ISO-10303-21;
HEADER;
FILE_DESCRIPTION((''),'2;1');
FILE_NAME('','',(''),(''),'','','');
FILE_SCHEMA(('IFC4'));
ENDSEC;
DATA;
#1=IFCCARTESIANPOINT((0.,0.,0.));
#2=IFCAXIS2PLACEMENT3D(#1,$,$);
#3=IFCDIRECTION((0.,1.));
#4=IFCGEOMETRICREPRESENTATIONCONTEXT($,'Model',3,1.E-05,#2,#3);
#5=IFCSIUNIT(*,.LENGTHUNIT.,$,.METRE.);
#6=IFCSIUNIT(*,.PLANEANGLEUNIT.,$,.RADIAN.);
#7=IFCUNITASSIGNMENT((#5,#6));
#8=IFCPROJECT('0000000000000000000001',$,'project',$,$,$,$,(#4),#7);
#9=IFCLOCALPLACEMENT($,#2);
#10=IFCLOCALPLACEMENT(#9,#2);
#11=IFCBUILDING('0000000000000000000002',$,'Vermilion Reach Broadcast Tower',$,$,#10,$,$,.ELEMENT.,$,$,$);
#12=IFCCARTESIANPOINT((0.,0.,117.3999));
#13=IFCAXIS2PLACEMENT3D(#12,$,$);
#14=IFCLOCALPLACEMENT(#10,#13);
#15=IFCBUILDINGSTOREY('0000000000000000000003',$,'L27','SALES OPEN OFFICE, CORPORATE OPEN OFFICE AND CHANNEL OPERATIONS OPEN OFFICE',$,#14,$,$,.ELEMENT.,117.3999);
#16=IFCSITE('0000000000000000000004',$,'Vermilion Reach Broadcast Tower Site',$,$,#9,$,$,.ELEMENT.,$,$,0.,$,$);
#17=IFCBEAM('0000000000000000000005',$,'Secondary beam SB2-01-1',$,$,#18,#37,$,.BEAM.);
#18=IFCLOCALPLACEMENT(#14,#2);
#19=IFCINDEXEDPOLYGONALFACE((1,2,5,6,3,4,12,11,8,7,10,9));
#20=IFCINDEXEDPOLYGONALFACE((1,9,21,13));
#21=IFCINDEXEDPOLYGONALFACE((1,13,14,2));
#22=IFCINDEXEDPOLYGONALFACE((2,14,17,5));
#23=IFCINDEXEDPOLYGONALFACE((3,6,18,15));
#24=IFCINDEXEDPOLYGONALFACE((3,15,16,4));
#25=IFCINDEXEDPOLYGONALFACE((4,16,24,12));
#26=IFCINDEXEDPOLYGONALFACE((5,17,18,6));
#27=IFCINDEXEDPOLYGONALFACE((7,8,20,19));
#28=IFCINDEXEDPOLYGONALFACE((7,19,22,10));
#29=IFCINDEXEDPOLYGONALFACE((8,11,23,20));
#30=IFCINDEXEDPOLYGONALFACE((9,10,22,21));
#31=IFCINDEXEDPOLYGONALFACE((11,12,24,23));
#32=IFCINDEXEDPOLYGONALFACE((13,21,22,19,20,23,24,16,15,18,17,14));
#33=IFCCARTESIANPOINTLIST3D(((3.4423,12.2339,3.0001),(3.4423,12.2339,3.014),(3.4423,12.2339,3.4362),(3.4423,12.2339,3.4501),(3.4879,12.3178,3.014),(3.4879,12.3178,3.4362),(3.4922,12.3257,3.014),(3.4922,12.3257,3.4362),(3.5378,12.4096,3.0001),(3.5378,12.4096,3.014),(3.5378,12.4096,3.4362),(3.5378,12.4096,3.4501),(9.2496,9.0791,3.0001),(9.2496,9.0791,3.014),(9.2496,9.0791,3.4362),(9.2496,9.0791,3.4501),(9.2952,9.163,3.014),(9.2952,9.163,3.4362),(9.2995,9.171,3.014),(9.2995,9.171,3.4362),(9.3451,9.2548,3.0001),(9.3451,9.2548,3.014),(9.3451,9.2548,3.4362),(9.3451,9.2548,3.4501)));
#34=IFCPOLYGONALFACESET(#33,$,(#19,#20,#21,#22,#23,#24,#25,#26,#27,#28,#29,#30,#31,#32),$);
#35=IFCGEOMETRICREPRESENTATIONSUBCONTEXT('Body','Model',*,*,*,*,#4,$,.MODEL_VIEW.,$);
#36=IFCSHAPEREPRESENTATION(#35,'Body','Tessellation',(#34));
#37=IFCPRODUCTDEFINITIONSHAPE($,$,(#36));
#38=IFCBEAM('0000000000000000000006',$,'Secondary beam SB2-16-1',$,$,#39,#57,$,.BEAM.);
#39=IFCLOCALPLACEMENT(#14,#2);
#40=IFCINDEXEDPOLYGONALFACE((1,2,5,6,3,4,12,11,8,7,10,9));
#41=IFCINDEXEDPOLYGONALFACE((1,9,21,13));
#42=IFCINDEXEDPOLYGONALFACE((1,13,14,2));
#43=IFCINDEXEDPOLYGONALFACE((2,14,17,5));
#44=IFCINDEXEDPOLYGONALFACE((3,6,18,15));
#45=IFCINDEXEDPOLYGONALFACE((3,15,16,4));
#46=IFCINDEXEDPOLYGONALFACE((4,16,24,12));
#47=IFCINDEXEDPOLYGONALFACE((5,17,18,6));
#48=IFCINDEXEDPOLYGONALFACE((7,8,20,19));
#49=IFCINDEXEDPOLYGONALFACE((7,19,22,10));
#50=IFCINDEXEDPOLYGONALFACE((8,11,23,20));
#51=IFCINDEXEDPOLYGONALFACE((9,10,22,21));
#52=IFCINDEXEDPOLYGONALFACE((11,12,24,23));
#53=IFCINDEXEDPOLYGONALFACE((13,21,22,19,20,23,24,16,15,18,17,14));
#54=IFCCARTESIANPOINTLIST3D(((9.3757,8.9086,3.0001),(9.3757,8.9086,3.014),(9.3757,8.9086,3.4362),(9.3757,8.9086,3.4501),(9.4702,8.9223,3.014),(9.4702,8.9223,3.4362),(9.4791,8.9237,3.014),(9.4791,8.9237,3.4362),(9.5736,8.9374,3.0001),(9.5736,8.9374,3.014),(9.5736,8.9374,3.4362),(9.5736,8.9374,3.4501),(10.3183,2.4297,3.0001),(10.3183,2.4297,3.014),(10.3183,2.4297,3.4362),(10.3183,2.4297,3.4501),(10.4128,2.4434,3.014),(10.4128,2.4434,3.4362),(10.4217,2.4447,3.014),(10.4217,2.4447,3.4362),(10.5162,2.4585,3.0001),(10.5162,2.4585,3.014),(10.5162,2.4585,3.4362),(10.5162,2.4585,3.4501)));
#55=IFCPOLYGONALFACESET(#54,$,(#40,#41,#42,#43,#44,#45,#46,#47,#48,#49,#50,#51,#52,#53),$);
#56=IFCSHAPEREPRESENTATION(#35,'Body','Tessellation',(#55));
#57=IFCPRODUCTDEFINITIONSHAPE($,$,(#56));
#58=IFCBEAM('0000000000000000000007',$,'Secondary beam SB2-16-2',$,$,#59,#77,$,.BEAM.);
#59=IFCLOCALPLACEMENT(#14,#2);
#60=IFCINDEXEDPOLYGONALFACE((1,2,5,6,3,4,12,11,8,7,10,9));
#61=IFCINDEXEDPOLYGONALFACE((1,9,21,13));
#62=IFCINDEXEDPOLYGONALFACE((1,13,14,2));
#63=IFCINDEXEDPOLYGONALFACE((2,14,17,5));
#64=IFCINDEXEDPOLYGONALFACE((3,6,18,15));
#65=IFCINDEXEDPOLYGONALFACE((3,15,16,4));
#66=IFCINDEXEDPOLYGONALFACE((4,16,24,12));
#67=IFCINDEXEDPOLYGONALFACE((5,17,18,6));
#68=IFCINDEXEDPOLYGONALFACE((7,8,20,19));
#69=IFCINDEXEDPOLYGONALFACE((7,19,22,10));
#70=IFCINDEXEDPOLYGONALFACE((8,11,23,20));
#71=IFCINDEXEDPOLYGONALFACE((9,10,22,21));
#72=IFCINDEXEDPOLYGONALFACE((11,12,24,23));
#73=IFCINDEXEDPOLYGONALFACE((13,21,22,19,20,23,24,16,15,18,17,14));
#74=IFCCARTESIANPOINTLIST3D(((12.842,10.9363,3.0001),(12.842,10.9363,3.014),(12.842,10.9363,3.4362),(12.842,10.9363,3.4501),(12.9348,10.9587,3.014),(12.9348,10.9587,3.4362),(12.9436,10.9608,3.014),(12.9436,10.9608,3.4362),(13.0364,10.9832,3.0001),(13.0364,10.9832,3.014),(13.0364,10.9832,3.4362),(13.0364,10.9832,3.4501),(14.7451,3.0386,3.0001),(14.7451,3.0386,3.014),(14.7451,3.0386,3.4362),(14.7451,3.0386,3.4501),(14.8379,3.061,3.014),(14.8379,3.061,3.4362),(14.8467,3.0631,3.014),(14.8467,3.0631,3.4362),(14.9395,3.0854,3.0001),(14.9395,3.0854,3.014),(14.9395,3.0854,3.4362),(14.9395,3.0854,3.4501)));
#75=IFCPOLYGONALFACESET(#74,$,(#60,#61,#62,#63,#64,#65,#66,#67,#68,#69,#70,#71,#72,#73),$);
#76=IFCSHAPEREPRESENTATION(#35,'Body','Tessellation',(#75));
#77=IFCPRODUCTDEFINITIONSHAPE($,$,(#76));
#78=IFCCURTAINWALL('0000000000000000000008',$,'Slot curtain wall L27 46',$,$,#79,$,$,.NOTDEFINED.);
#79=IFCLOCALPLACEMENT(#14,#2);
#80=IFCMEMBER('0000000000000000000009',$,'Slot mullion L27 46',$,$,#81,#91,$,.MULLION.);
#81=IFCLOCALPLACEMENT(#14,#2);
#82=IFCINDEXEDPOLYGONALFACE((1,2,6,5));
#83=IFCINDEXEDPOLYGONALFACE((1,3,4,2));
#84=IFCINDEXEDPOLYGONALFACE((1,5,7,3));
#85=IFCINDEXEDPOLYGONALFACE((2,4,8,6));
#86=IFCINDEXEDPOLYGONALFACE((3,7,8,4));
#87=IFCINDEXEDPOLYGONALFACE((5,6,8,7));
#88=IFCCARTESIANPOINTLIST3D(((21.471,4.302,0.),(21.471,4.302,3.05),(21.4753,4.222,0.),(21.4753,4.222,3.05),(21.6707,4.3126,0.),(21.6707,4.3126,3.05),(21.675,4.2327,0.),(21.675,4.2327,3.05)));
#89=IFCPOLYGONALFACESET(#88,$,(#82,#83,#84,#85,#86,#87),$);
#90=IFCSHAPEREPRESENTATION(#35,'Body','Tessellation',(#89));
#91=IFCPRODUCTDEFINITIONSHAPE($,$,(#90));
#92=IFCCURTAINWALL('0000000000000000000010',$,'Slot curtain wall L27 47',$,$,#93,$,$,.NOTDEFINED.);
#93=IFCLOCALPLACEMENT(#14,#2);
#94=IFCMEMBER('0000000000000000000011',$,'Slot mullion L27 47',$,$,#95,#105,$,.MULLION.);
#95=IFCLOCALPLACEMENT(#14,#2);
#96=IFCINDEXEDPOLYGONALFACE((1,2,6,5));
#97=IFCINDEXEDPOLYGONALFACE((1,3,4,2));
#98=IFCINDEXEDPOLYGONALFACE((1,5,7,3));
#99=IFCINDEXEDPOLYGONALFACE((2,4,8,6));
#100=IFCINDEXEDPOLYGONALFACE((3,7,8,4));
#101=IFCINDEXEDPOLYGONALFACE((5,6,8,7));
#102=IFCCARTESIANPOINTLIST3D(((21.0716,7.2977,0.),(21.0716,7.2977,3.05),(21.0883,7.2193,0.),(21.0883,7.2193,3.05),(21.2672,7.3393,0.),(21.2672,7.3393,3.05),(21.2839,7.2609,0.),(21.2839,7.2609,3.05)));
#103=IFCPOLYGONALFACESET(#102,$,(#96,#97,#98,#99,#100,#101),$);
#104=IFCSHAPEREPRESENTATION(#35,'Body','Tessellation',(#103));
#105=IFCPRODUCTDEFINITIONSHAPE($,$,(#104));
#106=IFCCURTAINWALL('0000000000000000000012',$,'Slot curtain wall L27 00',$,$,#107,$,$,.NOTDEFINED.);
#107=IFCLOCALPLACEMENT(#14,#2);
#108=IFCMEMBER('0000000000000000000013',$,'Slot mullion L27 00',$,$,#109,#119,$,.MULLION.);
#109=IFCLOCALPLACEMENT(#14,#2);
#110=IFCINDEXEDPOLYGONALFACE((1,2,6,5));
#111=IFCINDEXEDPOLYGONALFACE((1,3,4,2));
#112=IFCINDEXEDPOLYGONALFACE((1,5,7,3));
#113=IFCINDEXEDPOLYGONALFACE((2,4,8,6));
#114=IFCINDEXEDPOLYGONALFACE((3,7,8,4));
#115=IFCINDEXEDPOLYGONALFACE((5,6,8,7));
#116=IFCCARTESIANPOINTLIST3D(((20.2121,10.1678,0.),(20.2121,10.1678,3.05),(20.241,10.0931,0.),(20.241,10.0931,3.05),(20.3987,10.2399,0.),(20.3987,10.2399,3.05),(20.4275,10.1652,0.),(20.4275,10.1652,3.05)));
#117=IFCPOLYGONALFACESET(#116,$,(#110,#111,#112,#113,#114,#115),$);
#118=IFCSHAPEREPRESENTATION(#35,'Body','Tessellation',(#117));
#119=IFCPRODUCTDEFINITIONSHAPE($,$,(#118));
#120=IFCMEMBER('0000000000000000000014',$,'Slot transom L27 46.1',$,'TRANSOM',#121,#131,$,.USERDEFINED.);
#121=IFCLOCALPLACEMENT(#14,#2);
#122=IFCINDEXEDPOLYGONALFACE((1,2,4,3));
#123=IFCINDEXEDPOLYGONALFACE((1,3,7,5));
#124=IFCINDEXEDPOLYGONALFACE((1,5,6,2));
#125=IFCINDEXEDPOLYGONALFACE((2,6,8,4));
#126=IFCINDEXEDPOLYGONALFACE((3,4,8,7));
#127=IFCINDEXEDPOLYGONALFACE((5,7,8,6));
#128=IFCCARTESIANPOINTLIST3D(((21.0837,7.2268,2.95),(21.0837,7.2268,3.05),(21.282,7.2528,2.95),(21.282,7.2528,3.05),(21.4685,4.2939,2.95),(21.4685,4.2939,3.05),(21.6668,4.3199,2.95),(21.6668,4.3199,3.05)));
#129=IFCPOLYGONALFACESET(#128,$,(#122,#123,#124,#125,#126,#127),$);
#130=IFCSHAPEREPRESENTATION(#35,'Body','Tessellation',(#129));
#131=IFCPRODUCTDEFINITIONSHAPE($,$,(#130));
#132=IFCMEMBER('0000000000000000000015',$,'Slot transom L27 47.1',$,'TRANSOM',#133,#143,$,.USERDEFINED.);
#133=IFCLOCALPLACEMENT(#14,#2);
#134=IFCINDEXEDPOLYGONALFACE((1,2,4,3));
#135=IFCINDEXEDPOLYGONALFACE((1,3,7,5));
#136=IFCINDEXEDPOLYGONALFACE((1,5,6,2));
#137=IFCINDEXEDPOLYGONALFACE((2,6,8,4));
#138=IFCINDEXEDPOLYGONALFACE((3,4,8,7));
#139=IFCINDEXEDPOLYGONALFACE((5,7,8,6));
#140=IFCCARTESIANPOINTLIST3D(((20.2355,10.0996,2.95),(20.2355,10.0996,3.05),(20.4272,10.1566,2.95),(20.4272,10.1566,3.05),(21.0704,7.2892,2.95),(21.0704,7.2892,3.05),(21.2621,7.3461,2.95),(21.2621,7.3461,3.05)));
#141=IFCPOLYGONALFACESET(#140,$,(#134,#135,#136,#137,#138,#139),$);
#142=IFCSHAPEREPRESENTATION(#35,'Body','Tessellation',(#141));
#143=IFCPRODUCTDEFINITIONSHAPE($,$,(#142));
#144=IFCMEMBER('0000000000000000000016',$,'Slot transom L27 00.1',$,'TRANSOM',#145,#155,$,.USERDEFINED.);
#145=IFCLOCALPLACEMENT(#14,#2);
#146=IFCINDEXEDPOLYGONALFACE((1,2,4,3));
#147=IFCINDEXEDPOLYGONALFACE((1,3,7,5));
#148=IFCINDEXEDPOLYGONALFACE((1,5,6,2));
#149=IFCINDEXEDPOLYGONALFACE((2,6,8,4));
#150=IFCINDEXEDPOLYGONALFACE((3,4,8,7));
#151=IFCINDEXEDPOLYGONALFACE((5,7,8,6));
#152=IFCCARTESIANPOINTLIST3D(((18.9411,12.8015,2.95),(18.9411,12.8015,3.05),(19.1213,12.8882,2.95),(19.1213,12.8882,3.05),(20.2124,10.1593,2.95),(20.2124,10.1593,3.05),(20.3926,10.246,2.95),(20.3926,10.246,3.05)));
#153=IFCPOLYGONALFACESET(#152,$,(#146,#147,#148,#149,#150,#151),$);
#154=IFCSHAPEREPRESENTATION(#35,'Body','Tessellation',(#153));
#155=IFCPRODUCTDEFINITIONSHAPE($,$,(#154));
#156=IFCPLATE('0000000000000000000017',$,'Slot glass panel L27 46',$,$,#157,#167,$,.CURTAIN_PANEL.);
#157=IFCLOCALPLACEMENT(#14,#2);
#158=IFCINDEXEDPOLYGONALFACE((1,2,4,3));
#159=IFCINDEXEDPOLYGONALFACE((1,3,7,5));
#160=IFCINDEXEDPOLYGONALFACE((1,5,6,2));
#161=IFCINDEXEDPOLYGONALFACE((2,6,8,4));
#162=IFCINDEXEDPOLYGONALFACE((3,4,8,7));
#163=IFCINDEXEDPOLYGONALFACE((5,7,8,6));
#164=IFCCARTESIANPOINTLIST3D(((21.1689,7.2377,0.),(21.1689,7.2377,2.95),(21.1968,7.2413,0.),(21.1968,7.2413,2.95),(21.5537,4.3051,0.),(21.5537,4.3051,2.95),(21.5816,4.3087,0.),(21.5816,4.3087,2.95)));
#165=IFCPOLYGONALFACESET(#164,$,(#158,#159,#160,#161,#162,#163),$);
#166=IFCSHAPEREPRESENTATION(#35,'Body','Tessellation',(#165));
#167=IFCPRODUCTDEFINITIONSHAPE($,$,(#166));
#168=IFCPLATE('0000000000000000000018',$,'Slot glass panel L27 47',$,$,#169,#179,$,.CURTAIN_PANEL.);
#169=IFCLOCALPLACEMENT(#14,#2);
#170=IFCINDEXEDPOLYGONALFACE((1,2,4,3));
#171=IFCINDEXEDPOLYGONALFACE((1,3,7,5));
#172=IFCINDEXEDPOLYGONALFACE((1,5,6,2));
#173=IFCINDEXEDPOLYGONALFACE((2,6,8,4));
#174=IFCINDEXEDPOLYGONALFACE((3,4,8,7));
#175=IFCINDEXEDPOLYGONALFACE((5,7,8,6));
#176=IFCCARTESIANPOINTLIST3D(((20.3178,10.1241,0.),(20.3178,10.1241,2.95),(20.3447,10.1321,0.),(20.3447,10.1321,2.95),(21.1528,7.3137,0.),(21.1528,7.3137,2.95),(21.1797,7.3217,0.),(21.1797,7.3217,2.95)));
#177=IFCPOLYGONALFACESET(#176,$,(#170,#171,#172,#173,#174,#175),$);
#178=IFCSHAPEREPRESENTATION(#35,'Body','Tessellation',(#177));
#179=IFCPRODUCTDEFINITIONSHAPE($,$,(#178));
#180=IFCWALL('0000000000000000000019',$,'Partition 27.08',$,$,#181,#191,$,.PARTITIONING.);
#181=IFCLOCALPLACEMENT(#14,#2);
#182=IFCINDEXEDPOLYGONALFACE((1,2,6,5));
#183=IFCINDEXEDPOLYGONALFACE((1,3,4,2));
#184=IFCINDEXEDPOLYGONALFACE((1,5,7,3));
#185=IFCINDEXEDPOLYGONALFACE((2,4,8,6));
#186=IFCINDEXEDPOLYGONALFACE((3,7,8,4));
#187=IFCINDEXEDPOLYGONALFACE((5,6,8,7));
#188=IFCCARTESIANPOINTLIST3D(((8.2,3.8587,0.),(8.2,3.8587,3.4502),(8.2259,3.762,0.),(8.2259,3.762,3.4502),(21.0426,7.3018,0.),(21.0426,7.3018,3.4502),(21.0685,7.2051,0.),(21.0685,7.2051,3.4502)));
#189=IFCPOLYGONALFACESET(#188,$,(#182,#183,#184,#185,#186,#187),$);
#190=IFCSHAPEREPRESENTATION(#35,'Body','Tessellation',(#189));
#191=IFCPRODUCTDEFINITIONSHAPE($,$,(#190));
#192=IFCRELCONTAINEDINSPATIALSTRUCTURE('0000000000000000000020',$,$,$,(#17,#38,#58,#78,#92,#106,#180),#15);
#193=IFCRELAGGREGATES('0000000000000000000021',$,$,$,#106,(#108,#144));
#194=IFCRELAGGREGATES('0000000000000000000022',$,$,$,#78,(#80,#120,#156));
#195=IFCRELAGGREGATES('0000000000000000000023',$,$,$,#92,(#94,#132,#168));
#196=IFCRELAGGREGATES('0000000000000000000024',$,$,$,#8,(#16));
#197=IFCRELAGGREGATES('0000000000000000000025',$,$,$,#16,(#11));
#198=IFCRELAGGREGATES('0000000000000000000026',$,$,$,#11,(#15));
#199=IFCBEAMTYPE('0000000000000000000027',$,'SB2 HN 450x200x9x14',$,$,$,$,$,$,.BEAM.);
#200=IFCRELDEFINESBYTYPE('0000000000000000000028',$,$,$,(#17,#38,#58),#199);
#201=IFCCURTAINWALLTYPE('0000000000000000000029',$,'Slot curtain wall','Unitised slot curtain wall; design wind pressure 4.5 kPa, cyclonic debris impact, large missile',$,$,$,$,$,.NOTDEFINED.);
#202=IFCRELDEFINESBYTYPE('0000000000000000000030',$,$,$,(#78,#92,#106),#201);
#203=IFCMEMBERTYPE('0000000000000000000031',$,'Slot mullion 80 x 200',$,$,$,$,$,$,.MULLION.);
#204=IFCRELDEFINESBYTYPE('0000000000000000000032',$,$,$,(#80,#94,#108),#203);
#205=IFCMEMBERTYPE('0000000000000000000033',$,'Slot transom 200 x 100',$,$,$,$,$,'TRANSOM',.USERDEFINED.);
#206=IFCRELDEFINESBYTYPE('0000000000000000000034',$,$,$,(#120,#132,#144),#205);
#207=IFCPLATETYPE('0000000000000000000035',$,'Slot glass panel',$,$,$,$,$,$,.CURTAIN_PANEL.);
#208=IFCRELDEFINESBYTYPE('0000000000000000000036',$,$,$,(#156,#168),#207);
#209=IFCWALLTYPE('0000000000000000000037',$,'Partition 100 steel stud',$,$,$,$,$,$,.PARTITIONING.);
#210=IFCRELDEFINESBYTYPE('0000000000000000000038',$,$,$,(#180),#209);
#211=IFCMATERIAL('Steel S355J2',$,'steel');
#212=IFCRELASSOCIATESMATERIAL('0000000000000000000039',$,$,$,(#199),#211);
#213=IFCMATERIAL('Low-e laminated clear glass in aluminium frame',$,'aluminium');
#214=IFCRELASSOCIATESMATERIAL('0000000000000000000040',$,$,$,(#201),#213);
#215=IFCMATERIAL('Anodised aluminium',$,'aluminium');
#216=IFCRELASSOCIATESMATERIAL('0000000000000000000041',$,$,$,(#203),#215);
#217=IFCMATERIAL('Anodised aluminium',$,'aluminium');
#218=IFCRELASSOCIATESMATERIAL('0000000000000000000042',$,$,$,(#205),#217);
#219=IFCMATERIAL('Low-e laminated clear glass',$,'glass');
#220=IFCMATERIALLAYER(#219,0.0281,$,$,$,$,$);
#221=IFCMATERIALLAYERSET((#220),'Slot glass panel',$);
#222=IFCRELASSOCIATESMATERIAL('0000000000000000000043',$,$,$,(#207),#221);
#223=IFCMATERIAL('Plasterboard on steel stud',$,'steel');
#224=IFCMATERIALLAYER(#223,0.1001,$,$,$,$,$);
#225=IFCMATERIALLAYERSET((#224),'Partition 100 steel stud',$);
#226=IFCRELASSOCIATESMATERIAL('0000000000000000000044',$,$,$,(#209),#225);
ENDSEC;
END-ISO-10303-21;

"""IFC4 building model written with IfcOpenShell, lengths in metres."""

from ifc_helpers import new_model, si_unit, direction, frame, frame_2d, origin, origin_2d, place, context, subcontext, project, spatial, rectangle, i_section, extrude, material, layer, layer_set, material_profile, profile_set, type_object, element, aggregate, save


model = new_model("IFC4")

# Units and contexts
model_context = context("Model", 3, precision=1e-05, world=origin(), true_north=direction((0.0, 1.0)))
body_context = subcontext(model_context, "Body", "Model", "MODEL_VIEW")
ifc_project = project(units=[si_unit("LENGTHUNIT", "METRE"), si_unit("PLANEANGLEUNIT", "RADIAN")], contexts=[model_context])

# Site, building, storey
site_placement = place(None, origin())
site = spatial("IfcSite", under=ifc_project, at=site_placement, Name="Vermilion Reach Broadcast Tower Site", CompositionType="ELEMENT", RefElevation=0.0)
building_placement = place(site_placement, origin())
building = spatial("IfcBuilding", under=site, at=building_placement, Name="Vermilion Reach Broadcast Tower", CompositionType="ELEMENT")
storey_placement = place(building_placement, frame((0.0, 0.0, 117.3999)))
storey = spatial("IfcBuildingStorey", under=building, at=storey_placement, Name="L27", Description="SALES OPEN OFFICE, CORPORATE OPEN OFFICE AND CHANNEL OPERATIONS OPEN OFFICE", CompositionType="ELEMENT", Elevation=117.3999)

# Beams
ifc_material_1 = material(Name="Steel S355J2", Category="steel")
ifc_material_profile_1 = material_profile(ifc_material_1, i_section(OverallWidth=0.2, OverallDepth=0.45, WebThickness=0.009, FlangeThickness=0.0139, at=origin_2d()), Name="S355J2 HN 450x200x9x14")
ifc_profile_set_1 = profile_set([ifc_material_profile_1], Name="Steel S355J2")
beam_type_1 = type_object("IfcBeamType", Name="SB2 HN 450x200x9x14", PredefinedType="BEAM", material=ifc_profile_set_1)
beam_1_placement = place(storey_placement, frame((9.2974, 9.167, 3.2251), z_axis=(-0.878713, 0.47735, 0.0), x_axis=(-0.47735, -0.878713, 0.0)))
element("IfcBeam", 1, at=beam_1_placement, inside=storey, type_object=beam_type_1, Name="Secondary beam SB2-01-1", PredefinedType="BEAM", context=body_context, shape_type="SweptSolid", body=[
    extrude(i_section(OverallWidth=0.2, OverallDepth=0.45, WebThickness=0.009, FlangeThickness=0.0139, at=origin_2d()), origin(), (0.0, 0.0, 1.0), 6.6089),
])
beam_2_placement = place(storey_placement, frame((10.4172, 2.4441, 3.2251), z_axis=(-0.143974, 0.989582, 0.0), x_axis=(-0.989582, -0.143974, 0.0)))
element("IfcBeam", 2, at=beam_2_placement, inside=storey, type_object=beam_type_1, Name="Secondary beam SB2-16-1", PredefinedType="BEAM", context=body_context, shape_type="SweptSolid", body=[
    extrude(i_section(OverallWidth=0.2, OverallDepth=0.45, WebThickness=0.009, FlangeThickness=0.0139, at=origin_2d()), origin(), (0.0, 0.0, 1.0), 6.5471),
])
beam_3_placement = place(storey_placement, frame((14.8423, 3.062, 3.2251), z_axis=(-0.234261, 0.972174, 0.0), x_axis=(-0.972174, -0.234261, 0.0)))
element("IfcBeam", 3, at=beam_3_placement, inside=storey, type_object=beam_type_1, Name="Secondary beam SB2-16-2", PredefinedType="BEAM", context=body_context, shape_type="SweptSolid", body=[
    extrude(i_section(OverallWidth=0.2, OverallDepth=0.45, WebThickness=0.009, FlangeThickness=0.0139, at=origin_2d()), origin(), (0.0, 0.0, 1.0), 8.1238),
])

# Curtain walls, members
ifc_material_2 = material(Name="Low-e laminated clear glass in aluminium frame", Category="aluminium")
curtain_wall_type = type_object("IfcCurtainWallType", Name="Slot curtain wall", Description="Unitised slot curtain wall; design wind pressure 4.5 kPa, cyclonic debris impact, large missile", PredefinedType="NOTDEFINED", material=ifc_material_2)
placement = place(storey_placement, origin())
curtain_wall_1 = element("IfcCurtainWall", 4, at=placement, inside=storey, type_object=curtain_wall_type, Name="Slot curtain wall L27 46", PredefinedType="NOTDEFINED")
ifc_material_3 = material(Name="Anodised aluminium", Category="aluminium")
ifc_material_profile_2 = material_profile(ifc_material_3, rectangle(XDim=0.2, YDim=0.0801, at=origin_2d()), Name="Slot mullion 80 x 200")
ifc_profile_set_2 = profile_set([ifc_material_profile_2], Name="Anodised aluminium")
member_type_1 = type_object("IfcMemberType", Name="Slot mullion 80 x 200", PredefinedType="MULLION", material=ifc_profile_set_2)
member_1_placement = place(storey_placement, frame((21.573, 4.2673, 0.0), z_axis=(0.0, 0.0, 1.0), x_axis=(-0.998587, -0.053147, 0.0)))
member_1 = element("IfcMember", 5, at=member_1_placement, type_object=member_type_1, Name="Slot mullion L27 46", PredefinedType="MULLION", context=body_context, shape_type="SweptSolid", body=[
    extrude(rectangle(XDim=0.2, YDim=0.0801, at=origin_2d()), origin(), (0.0, 0.0, 1.0), 3.05),
])
curtain_wall_2 = element("IfcCurtainWall", 6, at=placement, inside=storey, type_object=curtain_wall_type, Name="Slot curtain wall L27 47", PredefinedType="NOTDEFINED")
member_2_placement = place(storey_placement, frame((21.1777, 7.2793, 0.0), z_axis=(0.0, 0.0, 1.0), x_axis=(-0.978107, -0.208102, 0.0)))
member_2 = element("IfcMember", 7, at=member_2_placement, type_object=member_type_1, Name="Slot mullion L27 47", PredefinedType="MULLION", context=body_context, shape_type="SweptSolid", body=[
    extrude(rectangle(XDim=0.2, YDim=0.0801, at=origin_2d()), origin(), (0.0, 0.0, 1.0), 3.05),
])
curtain_wall_3 = element("IfcCurtainWall", 8, at=placement, inside=storey, type_object=curtain_wall_type, Name="Slot curtain wall L27 00", PredefinedType="NOTDEFINED")
member_3_placement = place(storey_placement, frame((20.3198, 10.1665, 0.0), z_axis=(0.0, 0.0, 1.0), x_axis=(-0.932828, -0.360323, 0.0)))
member_3 = element("IfcMember", 9, at=member_3_placement, type_object=member_type_1, Name="Slot mullion L27 00", PredefinedType="MULLION", context=body_context, shape_type="SweptSolid", body=[
    extrude(rectangle(XDim=0.2, YDim=0.0801, at=origin_2d()), origin(), (0.0, 0.0, 1.0), 3.05),
])

# Members
ifc_material_4 = material(Name="Anodised aluminium", Category="aluminium")
ifc_material_profile_3 = material_profile(ifc_material_4, rectangle(XDim=0.2, YDim=0.1001, at=origin_2d()), Name="Slot transom 200 x 100")
ifc_profile_set_3 = profile_set([ifc_material_profile_3], Name="Anodised aluminium")
member_type_2 = type_object("IfcMemberType", Name="Slot transom 200 x 100", ElementType="TRANSOM", PredefinedType="USERDEFINED", material=ifc_profile_set_3)
member_4_placement = place(storey_placement, frame((21.5676, 4.3069, 3.0), z_axis=(-0.130077, 0.991504, 0.0), x_axis=(-0.991504, -0.130077, 0.0)))
member_4 = element("IfcMember", 10, at=member_4_placement, type_object=member_type_2, Name="Slot transom L27 46.1", ObjectType="TRANSOM", PredefinedType="USERDEFINED", context=body_context, shape_type="SweptSolid", body=[
    extrude(rectangle(XDim=0.2, YDim=0.1001, at=origin_2d()), origin(), (0.0, 0.0, 1.0), 2.958),
])
member_5_placement = place(storey_placement, frame((21.1663, 7.3176, 3.0), z_axis=(-0.28478, 0.958593, 0.0), x_axis=(-0.958593, -0.28478, 0.0)))
member_5 = element("IfcMember", 11, at=member_5_placement, type_object=member_type_2, Name="Slot transom L27 47.1", ObjectType="TRANSOM", PredefinedType="USERDEFINED", context=body_context, shape_type="SweptSolid", body=[
    extrude(rectangle(XDim=0.2, YDim=0.1001, at=origin_2d()), origin(), (0.0, 0.0, 1.0), 2.9319),
])
member_6_placement = place(storey_placement, frame((20.3025, 10.2026, 3.0), z_axis=(-0.433573, 0.901119, 0.0), x_axis=(-0.901119, -0.433573, 0.0)))
member_6 = element("IfcMember", 12, at=member_6_placement, type_object=member_type_2, Name="Slot transom L27 00.1", ObjectType="TRANSOM", PredefinedType="USERDEFINED", context=body_context, shape_type="SweptSolid", body=[
    extrude(rectangle(XDim=0.2, YDim=0.1001, at=origin_2d()), origin(), (0.0, 0.0, 1.0), 2.9321),
])
aggregate(curtain_wall_3, [member_3, member_6])

# Plates
ifc_material_5 = material(Name="Low-e laminated clear glass", Category="glass")
ifc_layer_1 = layer(ifc_material_5, 0.0281)
ifc_layer_set_1 = layer_set([ifc_layer_1], Name="Slot glass panel")
plate_type = type_object("IfcPlateType", Name="Slot glass panel", PredefinedType="CURTAIN_PANEL", material=ifc_layer_set_1)
plate_1_placement = place(storey_placement, frame((21.3752, 5.7732, 0.0), z_axis=(0.0, 0.0, 1.0), x_axis=(-0.130102, 0.991501, 0.0)))
plate_1 = element("IfcPlate", 13, at=plate_1_placement, type_object=plate_type, Name="Slot glass panel L27 46", PredefinedType="CURTAIN_PANEL", context=body_context, shape_type="SweptSolid", body=[
    extrude(rectangle(XDim=2.9578, YDim=0.0281, at=origin_2d()), origin(), (0.0, 0.0, 1.0), 2.95),
])
aggregate(curtain_wall_1, [member_1, member_4, plate_1])
plate_2_placement = place(storey_placement, frame((20.7488, 8.7229, 0.0), z_axis=(0.0, 0.0, 1.0), x_axis=(-0.284798, 0.958588, 0.0)))
plate_2 = element("IfcPlate", 14, at=plate_2_placement, type_object=plate_type, Name="Slot glass panel L27 47", PredefinedType="CURTAIN_PANEL", context=body_context, shape_type="SweptSolid", body=[
    extrude(rectangle(XDim=2.9319, YDim=0.0281, at=origin_2d()), origin(), (0.0, 0.0, 1.0), 2.95),
])
aggregate(curtain_wall_2, [member_2, member_5, plate_2])

# Wall
ifc_material_6 = material(Name="Plasterboard on steel stud", Category="steel")
ifc_layer_2 = layer(ifc_material_6, 0.1001)
ifc_layer_set_2 = layer_set([ifc_layer_2], Name="Partition 100 steel stud")
wall_type_1 = type_object("IfcWallType", Name="Partition 100 steel stud", PredefinedType="PARTITIONING", material=ifc_layer_set_2)
wall_1_placement = place(storey_placement, frame((21.0554, 7.2534, 0.0), z_axis=(0.0, 0.0, 1.0), x_axis=(-0.965889, -0.258957, 0.0)))
element("IfcWall", 15, at=wall_1_placement, inside=storey, type_object=wall_type_1, Name="Partition 27.08", PredefinedType="PARTITIONING", context=body_context, shape_type="SweptSolid", body=[
    extrude(rectangle(XDim=13.2961, YDim=0.1001, at=frame_2d((6.6479, 0.0))), origin(), (0.0, 0.0, 1.0), 3.4502),
])

save(model, "model.ifc")
